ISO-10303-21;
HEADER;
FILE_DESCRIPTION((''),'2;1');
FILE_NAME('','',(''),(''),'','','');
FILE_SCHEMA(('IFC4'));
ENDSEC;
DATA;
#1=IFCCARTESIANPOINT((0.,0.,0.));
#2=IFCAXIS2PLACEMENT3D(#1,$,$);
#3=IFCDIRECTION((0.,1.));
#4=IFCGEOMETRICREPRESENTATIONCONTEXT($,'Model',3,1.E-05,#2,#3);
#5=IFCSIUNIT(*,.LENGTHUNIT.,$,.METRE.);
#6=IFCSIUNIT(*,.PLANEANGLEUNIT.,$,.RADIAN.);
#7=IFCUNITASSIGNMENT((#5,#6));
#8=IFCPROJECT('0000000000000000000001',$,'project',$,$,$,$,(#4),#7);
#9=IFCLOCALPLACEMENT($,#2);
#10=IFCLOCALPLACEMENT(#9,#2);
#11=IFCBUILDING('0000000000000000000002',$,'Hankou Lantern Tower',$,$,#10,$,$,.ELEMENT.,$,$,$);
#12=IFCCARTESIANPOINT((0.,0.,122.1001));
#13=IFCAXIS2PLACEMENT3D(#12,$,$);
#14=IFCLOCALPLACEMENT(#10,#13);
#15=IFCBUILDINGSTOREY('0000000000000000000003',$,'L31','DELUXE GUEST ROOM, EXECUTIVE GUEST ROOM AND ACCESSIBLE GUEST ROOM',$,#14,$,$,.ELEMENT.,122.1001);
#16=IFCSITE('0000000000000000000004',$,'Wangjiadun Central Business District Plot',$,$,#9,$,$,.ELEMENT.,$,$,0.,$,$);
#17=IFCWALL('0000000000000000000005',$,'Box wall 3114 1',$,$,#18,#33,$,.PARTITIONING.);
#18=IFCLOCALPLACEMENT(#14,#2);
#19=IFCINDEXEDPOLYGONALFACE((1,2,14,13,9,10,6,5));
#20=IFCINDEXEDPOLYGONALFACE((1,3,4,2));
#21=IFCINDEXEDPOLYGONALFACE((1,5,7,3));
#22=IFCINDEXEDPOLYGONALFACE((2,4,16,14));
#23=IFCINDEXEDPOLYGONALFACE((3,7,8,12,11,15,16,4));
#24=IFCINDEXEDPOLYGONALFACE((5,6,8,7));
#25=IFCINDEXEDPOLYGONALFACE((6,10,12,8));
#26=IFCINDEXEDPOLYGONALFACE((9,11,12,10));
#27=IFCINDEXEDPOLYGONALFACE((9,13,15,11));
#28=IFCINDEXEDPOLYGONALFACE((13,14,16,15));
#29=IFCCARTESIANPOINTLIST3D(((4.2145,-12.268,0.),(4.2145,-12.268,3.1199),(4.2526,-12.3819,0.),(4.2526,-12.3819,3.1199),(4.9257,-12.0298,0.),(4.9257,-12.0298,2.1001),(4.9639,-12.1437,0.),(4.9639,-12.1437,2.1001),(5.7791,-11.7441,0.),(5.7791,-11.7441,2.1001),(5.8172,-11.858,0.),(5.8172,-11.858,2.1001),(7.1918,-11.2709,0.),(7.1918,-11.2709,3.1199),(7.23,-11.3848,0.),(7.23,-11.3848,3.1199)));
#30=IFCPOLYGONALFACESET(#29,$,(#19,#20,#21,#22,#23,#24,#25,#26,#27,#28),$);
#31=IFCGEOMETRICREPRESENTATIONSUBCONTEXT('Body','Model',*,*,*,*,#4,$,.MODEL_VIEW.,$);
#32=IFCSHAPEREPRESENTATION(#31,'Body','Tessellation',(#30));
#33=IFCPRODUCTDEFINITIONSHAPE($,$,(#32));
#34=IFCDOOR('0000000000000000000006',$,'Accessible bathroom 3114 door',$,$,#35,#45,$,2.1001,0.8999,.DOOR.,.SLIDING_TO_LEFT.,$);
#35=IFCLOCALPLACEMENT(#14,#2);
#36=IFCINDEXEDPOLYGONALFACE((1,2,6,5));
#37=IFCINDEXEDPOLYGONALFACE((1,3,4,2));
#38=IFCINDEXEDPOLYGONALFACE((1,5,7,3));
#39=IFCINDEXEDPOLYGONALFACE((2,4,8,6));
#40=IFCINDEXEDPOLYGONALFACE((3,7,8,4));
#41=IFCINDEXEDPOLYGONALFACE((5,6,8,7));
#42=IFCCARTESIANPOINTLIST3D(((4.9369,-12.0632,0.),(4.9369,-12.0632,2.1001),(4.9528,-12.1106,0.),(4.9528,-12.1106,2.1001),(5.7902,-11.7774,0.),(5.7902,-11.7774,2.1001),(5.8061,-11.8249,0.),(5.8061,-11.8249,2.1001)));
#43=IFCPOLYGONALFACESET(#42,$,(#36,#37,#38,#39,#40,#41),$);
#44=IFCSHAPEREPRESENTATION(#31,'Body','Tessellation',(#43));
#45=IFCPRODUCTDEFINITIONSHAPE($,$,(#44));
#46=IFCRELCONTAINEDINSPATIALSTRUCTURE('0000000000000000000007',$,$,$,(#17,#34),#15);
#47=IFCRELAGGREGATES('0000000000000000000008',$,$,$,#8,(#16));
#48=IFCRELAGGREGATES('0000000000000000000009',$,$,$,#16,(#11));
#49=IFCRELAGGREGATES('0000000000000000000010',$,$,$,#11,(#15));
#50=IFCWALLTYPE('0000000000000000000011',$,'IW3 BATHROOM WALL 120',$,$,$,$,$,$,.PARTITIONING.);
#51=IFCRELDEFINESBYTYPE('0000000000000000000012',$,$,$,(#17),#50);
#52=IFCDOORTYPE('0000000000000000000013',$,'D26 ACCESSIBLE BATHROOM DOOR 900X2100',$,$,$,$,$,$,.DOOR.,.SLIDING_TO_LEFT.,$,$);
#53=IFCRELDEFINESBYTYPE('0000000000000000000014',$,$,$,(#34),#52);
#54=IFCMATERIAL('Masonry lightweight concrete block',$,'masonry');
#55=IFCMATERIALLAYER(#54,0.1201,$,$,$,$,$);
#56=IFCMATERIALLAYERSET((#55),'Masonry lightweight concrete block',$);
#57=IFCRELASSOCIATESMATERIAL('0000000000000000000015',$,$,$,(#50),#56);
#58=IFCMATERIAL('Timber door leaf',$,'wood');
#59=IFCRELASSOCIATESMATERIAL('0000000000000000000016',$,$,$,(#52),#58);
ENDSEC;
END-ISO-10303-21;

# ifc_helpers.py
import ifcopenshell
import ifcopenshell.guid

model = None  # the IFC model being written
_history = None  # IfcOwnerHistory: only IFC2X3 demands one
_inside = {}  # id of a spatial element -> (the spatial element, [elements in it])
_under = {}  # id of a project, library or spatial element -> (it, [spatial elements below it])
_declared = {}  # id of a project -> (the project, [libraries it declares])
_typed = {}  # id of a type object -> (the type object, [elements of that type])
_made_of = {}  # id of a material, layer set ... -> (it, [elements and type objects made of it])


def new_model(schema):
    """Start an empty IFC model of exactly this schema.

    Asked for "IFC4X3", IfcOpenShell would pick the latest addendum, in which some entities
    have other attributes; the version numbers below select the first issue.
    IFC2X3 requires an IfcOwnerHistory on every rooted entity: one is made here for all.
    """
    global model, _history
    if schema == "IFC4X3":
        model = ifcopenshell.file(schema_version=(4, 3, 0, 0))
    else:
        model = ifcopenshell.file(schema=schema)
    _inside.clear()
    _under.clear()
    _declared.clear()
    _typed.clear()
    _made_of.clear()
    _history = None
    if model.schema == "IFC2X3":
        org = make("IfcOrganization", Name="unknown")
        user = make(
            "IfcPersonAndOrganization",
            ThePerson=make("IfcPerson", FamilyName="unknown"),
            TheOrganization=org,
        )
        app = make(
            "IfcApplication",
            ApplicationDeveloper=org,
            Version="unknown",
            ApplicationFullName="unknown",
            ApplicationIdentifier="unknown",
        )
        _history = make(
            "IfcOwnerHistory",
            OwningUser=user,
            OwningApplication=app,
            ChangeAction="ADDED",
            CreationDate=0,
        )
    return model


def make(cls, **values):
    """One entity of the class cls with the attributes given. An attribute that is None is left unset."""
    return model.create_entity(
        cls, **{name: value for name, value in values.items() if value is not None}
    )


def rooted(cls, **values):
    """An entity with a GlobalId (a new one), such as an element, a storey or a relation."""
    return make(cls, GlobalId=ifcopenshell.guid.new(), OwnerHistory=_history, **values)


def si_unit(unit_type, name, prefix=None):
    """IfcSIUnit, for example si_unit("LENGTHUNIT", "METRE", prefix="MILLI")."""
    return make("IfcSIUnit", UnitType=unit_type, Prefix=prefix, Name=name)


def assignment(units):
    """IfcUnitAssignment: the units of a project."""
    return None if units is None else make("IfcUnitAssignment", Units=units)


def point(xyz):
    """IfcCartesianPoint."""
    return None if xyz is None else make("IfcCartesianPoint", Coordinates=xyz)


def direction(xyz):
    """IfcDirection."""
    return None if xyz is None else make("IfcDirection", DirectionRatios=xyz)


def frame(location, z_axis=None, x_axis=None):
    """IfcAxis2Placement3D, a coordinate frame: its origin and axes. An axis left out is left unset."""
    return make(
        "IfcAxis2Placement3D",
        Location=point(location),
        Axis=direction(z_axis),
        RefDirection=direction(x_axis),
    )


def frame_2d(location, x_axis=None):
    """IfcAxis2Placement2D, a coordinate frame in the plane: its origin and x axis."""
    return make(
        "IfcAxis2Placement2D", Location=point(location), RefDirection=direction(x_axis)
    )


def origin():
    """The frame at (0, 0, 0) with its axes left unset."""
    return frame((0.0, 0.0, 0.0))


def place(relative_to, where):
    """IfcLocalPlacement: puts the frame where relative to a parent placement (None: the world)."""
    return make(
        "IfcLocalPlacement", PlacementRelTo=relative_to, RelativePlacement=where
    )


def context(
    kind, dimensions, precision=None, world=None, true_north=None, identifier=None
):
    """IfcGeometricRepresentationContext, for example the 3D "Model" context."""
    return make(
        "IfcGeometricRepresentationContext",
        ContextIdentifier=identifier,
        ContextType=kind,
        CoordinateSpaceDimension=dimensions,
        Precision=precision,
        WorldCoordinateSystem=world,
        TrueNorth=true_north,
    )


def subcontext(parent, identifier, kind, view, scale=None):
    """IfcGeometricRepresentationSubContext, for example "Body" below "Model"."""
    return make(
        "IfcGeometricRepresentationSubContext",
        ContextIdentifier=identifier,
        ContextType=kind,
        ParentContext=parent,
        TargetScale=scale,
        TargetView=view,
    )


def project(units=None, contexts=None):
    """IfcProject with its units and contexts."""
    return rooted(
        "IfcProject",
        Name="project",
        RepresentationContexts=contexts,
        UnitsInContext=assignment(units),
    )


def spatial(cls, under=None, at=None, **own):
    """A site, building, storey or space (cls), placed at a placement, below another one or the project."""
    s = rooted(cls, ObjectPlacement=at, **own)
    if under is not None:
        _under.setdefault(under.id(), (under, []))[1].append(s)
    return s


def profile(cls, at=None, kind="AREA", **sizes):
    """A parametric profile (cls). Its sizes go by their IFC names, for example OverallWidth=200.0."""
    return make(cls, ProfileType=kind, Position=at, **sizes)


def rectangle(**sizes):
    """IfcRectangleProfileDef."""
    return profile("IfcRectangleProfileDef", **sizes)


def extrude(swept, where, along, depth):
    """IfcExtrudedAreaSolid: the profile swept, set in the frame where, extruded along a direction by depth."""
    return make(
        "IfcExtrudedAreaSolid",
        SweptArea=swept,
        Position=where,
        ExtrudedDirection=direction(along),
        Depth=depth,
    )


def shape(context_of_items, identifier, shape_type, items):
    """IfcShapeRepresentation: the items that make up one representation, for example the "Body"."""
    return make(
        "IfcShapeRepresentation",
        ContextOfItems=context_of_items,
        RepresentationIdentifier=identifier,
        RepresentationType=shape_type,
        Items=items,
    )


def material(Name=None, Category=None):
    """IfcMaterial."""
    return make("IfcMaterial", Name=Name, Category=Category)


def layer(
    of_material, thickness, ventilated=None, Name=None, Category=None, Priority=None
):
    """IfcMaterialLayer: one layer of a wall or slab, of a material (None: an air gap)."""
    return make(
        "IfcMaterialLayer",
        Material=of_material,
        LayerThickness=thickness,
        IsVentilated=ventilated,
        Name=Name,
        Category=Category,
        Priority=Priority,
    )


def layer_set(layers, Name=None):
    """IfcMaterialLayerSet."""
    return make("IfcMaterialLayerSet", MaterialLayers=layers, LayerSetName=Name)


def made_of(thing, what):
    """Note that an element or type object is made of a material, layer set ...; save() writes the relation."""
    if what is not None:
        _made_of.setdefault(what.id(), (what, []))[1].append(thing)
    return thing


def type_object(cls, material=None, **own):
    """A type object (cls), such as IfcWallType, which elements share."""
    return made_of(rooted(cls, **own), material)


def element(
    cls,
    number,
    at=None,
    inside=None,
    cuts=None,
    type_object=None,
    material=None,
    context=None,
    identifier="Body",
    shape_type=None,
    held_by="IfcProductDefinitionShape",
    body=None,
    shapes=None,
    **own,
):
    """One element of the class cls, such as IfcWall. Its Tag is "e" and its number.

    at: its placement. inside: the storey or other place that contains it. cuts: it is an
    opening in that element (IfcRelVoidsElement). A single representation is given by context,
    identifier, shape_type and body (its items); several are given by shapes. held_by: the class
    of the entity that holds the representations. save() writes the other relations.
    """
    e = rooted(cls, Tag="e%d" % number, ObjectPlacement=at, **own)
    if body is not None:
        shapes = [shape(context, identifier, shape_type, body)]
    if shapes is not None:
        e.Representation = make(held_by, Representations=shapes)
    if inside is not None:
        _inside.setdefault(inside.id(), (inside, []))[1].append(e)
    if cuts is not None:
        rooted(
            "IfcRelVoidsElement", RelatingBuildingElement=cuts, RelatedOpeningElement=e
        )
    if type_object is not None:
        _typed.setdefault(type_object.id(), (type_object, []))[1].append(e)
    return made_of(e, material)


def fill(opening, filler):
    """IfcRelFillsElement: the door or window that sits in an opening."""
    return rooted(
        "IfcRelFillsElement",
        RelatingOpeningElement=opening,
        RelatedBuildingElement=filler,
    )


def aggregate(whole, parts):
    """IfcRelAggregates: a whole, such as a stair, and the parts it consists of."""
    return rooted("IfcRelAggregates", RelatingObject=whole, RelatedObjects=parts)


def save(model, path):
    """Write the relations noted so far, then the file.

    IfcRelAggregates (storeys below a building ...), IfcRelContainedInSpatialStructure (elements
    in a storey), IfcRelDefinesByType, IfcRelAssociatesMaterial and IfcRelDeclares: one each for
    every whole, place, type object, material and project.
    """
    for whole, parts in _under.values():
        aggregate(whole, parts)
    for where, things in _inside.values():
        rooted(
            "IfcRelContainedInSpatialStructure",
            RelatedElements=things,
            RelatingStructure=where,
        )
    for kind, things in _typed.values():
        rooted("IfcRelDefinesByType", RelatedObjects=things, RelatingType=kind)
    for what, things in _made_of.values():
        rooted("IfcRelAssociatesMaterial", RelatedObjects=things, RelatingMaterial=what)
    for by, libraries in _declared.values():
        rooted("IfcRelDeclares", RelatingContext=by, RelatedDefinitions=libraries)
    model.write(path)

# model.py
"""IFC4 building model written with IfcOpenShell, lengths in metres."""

from ifc_helpers import new_model, si_unit, direction, frame, frame_2d, origin, place, context, subcontext, project, spatial, rectangle, extrude, material, layer, layer_set, type_object, element, fill, save


model = new_model("IFC4")

# Units and contexts
model_context = context("Model", 3, precision=1e-05, world=origin(), true_north=direction((0.0, 1.0)))
body_context = subcontext(model_context, "Body", "Model", "MODEL_VIEW")
ifc_project = project(units=[si_unit("LENGTHUNIT", "METRE"), si_unit("PLANEANGLEUNIT", "RADIAN")], contexts=[model_context])

# Site, building, storey
site_placement = place(None, origin())
site = spatial("IfcSite", under=ifc_project, at=site_placement, Name="Wangjiadun Central Business District Plot", CompositionType="ELEMENT", RefElevation=0.0)
building_placement = place(site_placement, origin())
building = spatial("IfcBuilding", under=site, at=building_placement, Name="Hankou Lantern Tower", CompositionType="ELEMENT")
storey_placement = place(building_placement, frame((0.0, 0.0, 122.1001)))
storey = spatial("IfcBuildingStorey", under=building, at=storey_placement, Name="L31", Description="DELUXE GUEST ROOM, EXECUTIVE GUEST ROOM AND ACCESSIBLE GUEST ROOM", CompositionType="ELEMENT", Elevation=122.1001)

# Shared definitions
ifc_material_1 = material(Name="Masonry lightweight concrete block", Category="masonry")
ifc_layer_1 = layer(ifc_material_1, 0.1201)
ifc_layer_set_1 = layer_set([ifc_layer_1], Name="Masonry lightweight concrete block")
wall_type_1 = type_object("IfcWallType", Name="IW3 BATHROOM WALL 120", PredefinedType="PARTITIONING", material=ifc_layer_set_1)

# Wall, opening, door
wall_1_placement = place(storey_placement, frame((4.2336, -12.325, 0.0), z_axis=(0.0, 0.0, 1.0), x_axis=(0.948239, 0.317557, 0.0)))
wall_1 = element("IfcWall", 1, at=wall_1_placement, inside=storey, type_object=wall_type_1, Name="Box wall 3114 1", PredefinedType="PARTITIONING", context=body_context, shape_type="SweptSolid", body=[
    extrude(rectangle(XDim=3.1399, YDim=0.1201, at=frame_2d((1.5698, 0.0))), origin(), (0.0, 0.0, 1.0), 3.1199),
])
opening_1_placement = place(wall_1_placement, frame((0.75, 0.0, 0.0)))
opening_1 = element("IfcOpeningElement", 2, at=opening_1_placement, cuts=wall_1, PredefinedType="OPENING", context=body_context, shape_type="SweptSolid", body=[
    extrude(rectangle(XDim=0.8999, YDim=2.1001, at=frame_2d((0.45, 1.05))), frame((0.0, 0.0701, 0.0), z_axis=(0.0, -1.0, 0.0), x_axis=(1.0, 0.0, 0.0)), (0.0, 0.0, 1.0), 0.1401),
])
ifc_material_2 = material(Name="Timber door leaf", Category="wood")
door_type = type_object("IfcDoorType", Name="D26 ACCESSIBLE BATHROOM DOOR 900X2100", OperationType="SLIDING_TO_LEFT", PredefinedType="DOOR", material=ifc_material_2)
door_placement = place(opening_1_placement, origin())
door = element("IfcDoor", 3, at=door_placement, inside=storey, type_object=door_type, Name="Accessible bathroom 3114 door", OperationType="SLIDING_TO_LEFT", OverallHeight=2.1001, OverallWidth=0.8999, PredefinedType="DOOR", context=body_context, shape_type="SweptSolid", body=[
    extrude(rectangle(XDim=0.8999, YDim=2.1001, at=frame_2d((0.45, 1.05))), frame((0.0, 0.0249, 0.0), z_axis=(0.0, -1.0, 0.0), x_axis=(1.0, 0.0, 0.0)), (0.0, 0.0, 1.0), 0.05),
])
fill(opening_1, door)

save(model, "model.ifc")
